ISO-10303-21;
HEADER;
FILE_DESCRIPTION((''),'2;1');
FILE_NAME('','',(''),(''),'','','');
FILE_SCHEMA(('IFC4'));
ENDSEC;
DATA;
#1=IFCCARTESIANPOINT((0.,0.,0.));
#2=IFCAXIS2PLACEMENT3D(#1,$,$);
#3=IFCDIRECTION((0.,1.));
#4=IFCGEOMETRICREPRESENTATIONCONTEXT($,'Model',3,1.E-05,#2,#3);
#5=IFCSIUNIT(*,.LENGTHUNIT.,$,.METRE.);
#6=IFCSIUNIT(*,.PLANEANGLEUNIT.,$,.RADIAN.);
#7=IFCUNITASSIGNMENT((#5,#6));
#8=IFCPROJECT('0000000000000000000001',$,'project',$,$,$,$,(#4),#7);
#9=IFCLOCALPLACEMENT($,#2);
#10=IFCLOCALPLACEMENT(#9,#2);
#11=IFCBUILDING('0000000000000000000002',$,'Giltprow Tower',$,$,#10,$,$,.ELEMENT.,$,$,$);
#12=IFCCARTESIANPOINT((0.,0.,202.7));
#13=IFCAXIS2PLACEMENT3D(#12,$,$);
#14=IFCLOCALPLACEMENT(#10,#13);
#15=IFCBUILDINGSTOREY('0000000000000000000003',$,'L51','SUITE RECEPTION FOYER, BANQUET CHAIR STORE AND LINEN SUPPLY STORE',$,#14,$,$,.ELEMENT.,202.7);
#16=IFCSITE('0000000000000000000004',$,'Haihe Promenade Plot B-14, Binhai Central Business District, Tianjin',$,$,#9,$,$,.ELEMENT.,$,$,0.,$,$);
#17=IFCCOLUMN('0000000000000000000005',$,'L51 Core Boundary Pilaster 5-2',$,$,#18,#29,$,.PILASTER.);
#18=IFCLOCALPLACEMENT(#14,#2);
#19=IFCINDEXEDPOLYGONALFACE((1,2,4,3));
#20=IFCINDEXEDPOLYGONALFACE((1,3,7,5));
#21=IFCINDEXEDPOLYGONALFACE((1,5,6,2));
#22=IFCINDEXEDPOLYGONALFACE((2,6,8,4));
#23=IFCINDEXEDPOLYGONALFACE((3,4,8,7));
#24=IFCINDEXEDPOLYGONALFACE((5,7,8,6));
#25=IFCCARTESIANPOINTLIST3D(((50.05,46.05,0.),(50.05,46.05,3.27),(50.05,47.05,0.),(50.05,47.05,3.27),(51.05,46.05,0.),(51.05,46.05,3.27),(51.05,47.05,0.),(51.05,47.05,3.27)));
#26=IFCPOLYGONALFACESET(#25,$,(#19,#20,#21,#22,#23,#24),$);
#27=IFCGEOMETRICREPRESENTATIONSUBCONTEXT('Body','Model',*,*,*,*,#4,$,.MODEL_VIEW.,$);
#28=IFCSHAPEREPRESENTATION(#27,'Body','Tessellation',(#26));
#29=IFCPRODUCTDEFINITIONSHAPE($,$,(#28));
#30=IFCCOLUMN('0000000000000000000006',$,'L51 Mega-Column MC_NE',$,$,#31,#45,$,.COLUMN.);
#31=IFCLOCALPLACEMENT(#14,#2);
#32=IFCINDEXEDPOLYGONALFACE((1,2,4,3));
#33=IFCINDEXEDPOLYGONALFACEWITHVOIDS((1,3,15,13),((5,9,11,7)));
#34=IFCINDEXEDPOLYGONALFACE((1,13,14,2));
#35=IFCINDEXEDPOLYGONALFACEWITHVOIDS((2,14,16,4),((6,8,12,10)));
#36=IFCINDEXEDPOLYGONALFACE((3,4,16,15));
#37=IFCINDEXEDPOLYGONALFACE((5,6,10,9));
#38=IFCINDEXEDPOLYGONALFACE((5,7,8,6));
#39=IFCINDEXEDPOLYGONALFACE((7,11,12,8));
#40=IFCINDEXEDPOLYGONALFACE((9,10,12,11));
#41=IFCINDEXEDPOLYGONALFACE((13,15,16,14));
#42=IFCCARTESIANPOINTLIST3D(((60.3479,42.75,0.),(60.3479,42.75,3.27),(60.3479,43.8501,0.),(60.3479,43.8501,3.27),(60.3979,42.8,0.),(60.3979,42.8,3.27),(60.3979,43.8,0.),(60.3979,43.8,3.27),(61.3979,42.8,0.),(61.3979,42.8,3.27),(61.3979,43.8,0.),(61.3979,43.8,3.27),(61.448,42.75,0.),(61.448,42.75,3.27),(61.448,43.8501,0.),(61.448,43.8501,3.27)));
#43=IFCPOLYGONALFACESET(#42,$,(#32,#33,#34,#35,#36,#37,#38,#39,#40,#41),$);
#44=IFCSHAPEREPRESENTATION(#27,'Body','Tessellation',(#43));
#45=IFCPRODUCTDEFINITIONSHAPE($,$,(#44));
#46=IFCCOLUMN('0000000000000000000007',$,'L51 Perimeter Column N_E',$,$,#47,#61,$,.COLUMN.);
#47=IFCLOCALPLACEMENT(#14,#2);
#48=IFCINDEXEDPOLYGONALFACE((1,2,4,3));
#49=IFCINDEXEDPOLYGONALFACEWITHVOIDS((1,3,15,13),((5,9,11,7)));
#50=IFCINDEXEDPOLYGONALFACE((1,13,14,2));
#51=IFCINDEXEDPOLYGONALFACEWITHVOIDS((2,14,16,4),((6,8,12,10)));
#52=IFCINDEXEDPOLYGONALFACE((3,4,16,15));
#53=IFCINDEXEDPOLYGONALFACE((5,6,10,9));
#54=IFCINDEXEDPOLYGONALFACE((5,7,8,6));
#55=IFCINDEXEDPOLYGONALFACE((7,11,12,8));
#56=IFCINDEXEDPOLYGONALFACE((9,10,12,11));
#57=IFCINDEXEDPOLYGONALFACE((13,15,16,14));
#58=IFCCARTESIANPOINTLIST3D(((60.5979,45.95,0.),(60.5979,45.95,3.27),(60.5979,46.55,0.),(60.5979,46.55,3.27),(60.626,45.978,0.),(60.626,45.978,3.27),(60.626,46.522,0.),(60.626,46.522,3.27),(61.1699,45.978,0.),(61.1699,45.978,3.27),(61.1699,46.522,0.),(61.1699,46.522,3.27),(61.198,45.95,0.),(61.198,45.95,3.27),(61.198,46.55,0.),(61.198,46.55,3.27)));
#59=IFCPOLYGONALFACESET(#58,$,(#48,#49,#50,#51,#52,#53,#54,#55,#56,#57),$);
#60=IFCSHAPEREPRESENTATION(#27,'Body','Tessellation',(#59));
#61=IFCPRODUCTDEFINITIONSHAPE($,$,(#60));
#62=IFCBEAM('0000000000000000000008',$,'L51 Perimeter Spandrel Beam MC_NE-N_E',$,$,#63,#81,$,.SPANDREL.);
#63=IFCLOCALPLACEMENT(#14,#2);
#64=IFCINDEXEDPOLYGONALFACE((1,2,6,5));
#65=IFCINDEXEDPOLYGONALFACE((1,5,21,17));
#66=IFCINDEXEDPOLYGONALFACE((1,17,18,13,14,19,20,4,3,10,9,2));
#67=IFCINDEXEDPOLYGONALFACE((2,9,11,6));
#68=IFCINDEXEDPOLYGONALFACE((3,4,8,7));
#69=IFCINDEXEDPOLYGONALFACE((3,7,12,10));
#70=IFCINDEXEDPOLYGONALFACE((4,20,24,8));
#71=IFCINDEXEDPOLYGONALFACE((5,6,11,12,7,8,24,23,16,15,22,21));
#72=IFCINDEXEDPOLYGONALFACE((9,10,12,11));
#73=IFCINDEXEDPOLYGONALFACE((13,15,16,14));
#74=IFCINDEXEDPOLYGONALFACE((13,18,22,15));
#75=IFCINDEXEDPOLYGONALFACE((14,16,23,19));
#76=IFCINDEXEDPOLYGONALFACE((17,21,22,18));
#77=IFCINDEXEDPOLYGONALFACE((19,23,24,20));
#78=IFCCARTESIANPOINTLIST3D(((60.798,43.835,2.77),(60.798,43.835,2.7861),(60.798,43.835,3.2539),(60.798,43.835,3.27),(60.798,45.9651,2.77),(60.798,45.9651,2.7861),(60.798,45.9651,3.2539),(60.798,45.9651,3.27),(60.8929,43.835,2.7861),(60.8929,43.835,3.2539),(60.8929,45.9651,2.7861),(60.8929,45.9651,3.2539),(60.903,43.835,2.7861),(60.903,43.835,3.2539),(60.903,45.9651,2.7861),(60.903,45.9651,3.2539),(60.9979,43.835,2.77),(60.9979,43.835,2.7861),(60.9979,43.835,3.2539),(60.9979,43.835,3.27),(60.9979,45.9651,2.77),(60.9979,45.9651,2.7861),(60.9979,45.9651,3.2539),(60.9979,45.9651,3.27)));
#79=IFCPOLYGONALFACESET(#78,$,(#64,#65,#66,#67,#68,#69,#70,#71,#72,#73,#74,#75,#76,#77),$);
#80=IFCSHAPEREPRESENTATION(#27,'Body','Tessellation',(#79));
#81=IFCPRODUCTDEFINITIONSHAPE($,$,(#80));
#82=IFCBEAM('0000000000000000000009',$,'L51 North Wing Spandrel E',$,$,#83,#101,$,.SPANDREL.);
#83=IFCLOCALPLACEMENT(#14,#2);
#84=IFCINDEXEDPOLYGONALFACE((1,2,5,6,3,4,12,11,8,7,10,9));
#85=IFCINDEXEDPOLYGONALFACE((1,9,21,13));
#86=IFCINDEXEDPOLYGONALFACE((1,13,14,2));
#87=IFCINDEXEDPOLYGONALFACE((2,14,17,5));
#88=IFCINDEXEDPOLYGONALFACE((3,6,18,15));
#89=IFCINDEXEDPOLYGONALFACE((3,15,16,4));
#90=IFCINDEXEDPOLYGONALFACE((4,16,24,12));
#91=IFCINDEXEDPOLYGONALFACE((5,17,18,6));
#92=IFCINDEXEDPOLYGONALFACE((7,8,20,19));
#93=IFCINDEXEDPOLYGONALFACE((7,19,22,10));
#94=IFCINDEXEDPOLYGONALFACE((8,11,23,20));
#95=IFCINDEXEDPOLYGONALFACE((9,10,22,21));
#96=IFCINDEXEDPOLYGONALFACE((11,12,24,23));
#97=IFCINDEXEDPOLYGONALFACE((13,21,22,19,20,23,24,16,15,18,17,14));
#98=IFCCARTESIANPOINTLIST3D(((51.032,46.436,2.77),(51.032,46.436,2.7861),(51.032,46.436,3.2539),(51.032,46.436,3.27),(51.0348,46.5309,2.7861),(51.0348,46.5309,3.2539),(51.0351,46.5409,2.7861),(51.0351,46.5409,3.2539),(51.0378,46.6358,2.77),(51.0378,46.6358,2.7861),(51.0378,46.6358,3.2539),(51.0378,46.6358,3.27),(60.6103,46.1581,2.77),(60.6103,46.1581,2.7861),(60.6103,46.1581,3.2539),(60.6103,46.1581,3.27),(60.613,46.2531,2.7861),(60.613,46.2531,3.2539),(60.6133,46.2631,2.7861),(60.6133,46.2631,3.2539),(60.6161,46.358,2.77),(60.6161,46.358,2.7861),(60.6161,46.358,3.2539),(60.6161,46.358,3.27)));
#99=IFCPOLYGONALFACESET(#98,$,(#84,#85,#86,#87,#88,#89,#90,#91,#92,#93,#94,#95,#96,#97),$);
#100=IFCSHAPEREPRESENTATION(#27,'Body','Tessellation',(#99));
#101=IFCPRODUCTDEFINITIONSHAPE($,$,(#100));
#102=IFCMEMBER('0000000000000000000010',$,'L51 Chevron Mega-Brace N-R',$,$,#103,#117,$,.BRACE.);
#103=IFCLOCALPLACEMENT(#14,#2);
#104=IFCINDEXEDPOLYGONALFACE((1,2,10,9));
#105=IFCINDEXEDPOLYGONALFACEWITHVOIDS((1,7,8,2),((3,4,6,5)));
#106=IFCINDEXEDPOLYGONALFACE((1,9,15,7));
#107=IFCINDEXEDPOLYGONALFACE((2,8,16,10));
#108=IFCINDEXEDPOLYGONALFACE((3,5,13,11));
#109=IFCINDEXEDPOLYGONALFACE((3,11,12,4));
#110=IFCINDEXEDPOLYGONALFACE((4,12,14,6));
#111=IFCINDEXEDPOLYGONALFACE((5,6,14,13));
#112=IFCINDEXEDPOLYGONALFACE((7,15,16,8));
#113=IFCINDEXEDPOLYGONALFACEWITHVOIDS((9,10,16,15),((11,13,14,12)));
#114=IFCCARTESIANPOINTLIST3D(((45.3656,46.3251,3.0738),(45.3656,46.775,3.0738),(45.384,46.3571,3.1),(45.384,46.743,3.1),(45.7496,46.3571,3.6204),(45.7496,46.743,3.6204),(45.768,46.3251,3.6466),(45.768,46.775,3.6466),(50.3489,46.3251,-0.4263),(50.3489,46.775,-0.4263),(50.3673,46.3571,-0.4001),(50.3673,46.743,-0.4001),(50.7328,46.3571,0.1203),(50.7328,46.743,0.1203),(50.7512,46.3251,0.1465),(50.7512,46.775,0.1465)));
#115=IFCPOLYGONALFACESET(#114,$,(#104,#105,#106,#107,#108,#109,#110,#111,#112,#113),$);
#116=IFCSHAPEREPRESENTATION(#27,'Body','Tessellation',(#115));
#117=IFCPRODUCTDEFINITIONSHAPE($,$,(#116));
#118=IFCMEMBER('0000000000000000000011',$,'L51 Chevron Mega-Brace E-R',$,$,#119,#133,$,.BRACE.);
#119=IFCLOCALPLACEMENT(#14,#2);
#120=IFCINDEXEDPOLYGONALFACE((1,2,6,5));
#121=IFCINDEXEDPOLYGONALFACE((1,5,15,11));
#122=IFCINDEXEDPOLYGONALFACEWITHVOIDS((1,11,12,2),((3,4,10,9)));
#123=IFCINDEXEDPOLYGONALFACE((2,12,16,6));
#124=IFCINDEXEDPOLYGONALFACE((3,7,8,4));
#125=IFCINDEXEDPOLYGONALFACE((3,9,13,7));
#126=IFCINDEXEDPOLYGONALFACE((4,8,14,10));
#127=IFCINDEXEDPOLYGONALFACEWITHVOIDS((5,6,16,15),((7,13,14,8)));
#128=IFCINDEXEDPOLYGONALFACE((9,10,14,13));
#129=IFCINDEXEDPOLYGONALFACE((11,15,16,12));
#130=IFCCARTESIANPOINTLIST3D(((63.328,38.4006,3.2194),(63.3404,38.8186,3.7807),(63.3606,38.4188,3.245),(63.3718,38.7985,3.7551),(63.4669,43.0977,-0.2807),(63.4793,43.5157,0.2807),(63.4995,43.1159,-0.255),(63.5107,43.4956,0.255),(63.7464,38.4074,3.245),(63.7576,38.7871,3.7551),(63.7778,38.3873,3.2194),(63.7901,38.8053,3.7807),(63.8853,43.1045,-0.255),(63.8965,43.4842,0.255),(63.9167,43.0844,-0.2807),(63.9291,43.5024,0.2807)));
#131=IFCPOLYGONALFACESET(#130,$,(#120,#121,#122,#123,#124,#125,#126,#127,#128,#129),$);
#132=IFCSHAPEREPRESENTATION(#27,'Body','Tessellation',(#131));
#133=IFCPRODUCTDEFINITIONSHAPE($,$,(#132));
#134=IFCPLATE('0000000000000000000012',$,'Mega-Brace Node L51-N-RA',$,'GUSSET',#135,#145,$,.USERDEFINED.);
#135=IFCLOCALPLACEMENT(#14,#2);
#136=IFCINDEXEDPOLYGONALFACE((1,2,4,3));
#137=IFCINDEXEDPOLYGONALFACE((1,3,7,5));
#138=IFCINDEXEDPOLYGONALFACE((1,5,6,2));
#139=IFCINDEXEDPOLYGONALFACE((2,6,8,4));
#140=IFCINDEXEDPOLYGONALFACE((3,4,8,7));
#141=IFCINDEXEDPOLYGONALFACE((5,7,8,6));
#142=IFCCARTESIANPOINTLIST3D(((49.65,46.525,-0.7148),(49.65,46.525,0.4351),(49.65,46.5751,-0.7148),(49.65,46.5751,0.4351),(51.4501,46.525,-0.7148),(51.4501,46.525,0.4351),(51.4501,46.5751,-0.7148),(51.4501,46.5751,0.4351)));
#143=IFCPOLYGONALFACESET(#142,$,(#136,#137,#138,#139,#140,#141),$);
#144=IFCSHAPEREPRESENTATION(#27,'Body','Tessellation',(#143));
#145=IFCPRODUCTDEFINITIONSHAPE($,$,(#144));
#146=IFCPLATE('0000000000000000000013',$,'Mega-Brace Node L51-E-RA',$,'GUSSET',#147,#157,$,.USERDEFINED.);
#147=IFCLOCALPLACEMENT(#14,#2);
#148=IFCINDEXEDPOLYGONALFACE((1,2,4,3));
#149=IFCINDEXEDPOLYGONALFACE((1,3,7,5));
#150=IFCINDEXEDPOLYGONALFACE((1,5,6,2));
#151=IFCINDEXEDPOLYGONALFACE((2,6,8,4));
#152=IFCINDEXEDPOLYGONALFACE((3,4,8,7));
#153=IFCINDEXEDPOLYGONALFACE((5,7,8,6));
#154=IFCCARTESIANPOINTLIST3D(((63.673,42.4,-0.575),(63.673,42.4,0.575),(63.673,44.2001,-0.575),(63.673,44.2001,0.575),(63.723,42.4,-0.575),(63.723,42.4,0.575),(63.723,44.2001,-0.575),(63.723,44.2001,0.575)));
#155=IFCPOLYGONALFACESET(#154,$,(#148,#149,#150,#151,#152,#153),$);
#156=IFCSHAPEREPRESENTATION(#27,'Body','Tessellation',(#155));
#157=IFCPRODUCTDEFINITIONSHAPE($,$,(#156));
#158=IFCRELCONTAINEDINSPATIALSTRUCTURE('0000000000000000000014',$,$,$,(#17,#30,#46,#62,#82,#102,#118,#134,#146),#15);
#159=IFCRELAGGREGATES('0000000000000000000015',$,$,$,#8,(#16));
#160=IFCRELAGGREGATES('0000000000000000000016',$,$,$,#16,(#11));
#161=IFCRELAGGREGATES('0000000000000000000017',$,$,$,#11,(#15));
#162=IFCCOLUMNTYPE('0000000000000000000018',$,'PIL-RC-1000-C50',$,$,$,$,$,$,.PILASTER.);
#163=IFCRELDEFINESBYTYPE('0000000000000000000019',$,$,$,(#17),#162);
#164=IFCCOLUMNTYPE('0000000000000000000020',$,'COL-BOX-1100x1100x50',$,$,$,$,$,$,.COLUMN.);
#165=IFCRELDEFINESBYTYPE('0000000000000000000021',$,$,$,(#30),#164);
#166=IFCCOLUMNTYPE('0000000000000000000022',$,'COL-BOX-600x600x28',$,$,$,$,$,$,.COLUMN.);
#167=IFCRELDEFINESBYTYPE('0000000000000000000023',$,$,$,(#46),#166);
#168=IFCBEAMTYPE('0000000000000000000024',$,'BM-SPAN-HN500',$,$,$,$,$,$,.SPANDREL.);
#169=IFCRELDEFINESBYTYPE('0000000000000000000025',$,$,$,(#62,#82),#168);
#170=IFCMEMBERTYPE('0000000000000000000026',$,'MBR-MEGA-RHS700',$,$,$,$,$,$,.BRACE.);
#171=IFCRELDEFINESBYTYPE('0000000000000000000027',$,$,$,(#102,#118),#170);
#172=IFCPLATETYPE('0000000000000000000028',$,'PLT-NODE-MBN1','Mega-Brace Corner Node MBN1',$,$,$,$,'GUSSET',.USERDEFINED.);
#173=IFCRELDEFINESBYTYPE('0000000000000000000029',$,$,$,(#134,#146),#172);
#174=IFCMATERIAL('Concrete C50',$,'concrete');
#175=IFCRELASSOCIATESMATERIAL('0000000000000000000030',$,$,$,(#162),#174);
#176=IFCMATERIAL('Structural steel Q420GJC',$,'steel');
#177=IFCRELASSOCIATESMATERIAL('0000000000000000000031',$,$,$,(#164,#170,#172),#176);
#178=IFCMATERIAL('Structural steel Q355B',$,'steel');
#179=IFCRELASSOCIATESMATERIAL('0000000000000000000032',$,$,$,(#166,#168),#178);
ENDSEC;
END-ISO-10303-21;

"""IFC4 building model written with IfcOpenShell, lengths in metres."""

from ifc_helpers import new_model, si_unit, direction, frame, origin, origin_2d, place, context, subcontext, project, spatial, rectangle, hollow_rectangle, i_section, extrude, source, transform, mapped, material, material_profile, profile_set, type_object, element, save


model = new_model("IFC4")

# Units and contexts
model_context = context("Model", 3, precision=1e-05, world=origin(), true_north=direction((0.0, 1.0)))
body_context = subcontext(model_context, "Body", "Model", "MODEL_VIEW")
ifc_project = project(units=[si_unit("LENGTHUNIT", "METRE"), si_unit("PLANEANGLEUNIT", "RADIAN")], contexts=[model_context])

# Site, building, storey
site_placement = place(None, origin())
site = spatial("IfcSite", under=ifc_project, at=site_placement, Name="Haihe Promenade Plot B-14, Binhai Central Business District, Tianjin", CompositionType="ELEMENT", RefElevation=0.0)
building_placement = place(site_placement, origin())
building = spatial("IfcBuilding", under=site, at=building_placement, Name="Giltprow Tower", CompositionType="ELEMENT")
storey_placement = place(building_placement, frame((0.0, 0.0, 202.7)))
storey = spatial("IfcBuildingStorey", under=building, at=storey_placement, Name="L51", Description="SUITE RECEPTION FOYER, BANQUET CHAIR STORE AND LINEN SUPPLY STORE", CompositionType="ELEMENT", Elevation=202.7)

# Columns
ifc_material_1 = material(Name="Concrete C50", Category="concrete")
ifc_material_profile_1 = material_profile(ifc_material_1, rectangle(XDim=1.0, YDim=1.0, at=origin_2d()), Name="RC 1000x1000")
ifc_profile_set_1 = profile_set([ifc_material_profile_1], Name="Concrete C50")
column_type_1 = type_object("IfcColumnType", Name="PIL-RC-1000-C50", PredefinedType="PILASTER", material=ifc_profile_set_1)
shared_shape_1 = source(origin(), body_context, "Body", "SweptSolid", [
    extrude(rectangle(XDim=1.0, YDim=1.0, at=origin_2d()), origin(), (0.0, 0.0, 1.0), 3.27),
])
column_1_placement = place(storey_placement, frame((50.55, 46.55, 0.0), z_axis=(0.0, 0.0, 1.0), x_axis=(1.0, 0.0, 0.0)))
element("IfcColumn", 1, at=column_1_placement, inside=storey, type_object=column_type_1, Name="L51 Core Boundary Pilaster 5-2", PredefinedType="PILASTER", context=body_context, shape_type="MappedRepresentation", body=[
    mapped(shared_shape_1, transform((0.0, 0.0, 0.0), x_axis=(1.0, 0.0, 0.0), y_axis=(0.0, 1.0, 0.0), z_axis=(0.0, 0.0, 1.0), scale=1.0)),
])
ifc_material_2 = material(Name="Structural steel Q420GJC", Category="steel")
ifc_material_profile_2 = material_profile(ifc_material_2, hollow_rectangle(XDim=1.1001, YDim=1.1001, WallThickness=0.05, at=origin_2d()), Name="BOX 1100x1100x50")
ifc_profile_set_2 = profile_set([ifc_material_profile_2], Name="Structural steel Q420GJC")
column_type_2 = type_object("IfcColumnType", Name="COL-BOX-1100x1100x50", PredefinedType="COLUMN", material=ifc_profile_set_2)
shared_shape_2 = source(origin(), body_context, "Body", "SweptSolid", [
    extrude(hollow_rectangle(XDim=1.1001, YDim=1.1001, WallThickness=0.05, at=origin_2d()), origin(), (0.0, 0.0, 1.0), 3.27),
])
column_2_placement = place(storey_placement, frame((60.8979, 43.3, 0.0), z_axis=(0.0, 0.0, 1.0), x_axis=(1.0, 0.0, 0.0)))
element("IfcColumn", 2, at=column_2_placement, inside=storey, type_object=column_type_2, Name="L51 Mega-Column MC_NE", PredefinedType="COLUMN", context=body_context, shape_type="MappedRepresentation", body=[
    mapped(shared_shape_2, transform((0.0, 0.0, 0.0), x_axis=(1.0, 0.0, 0.0), y_axis=(0.0, 1.0, 0.0), z_axis=(0.0, 0.0, 1.0), scale=1.0)),
])
ifc_material_3 = material(Name="Structural steel Q355B", Category="steel")
ifc_material_profile_3 = material_profile(ifc_material_3, hollow_rectangle(XDim=0.6001, YDim=0.6001, WallThickness=0.0281, at=origin_2d()), Name="BOX 600x600x28")
ifc_profile_set_3 = profile_set([ifc_material_profile_3], Name="Structural steel Q355B")
column_type_3 = type_object("IfcColumnType", Name="COL-BOX-600x600x28", PredefinedType="COLUMN", material=ifc_profile_set_3)
shared_shape_3 = source(origin(), body_context, "Body", "SweptSolid", [
    extrude(hollow_rectangle(XDim=0.6001, YDim=0.6001, WallThickness=0.0281, at=origin_2d()), origin(), (0.0, 0.0, 1.0), 3.27),
])
column_3_placement = place(storey_placement, frame((60.8979, 46.25, 0.0), z_axis=(0.0, 0.0, 1.0), x_axis=(1.0, 0.0, 0.0)))
element("IfcColumn", 3, at=column_3_placement, inside=storey, type_object=column_type_3, Name="L51 Perimeter Column N_E", PredefinedType="COLUMN", context=body_context, shape_type="MappedRepresentation", body=[
    mapped(shared_shape_3, transform((0.0, 0.0, 0.0), x_axis=(1.0, 0.0, 0.0), y_axis=(0.0, 1.0, 0.0), z_axis=(0.0, 0.0, 1.0), scale=1.0)),
])

# Beams
ifc_material_profile_4 = material_profile(ifc_material_3, i_section(OverallWidth=0.2, OverallDepth=0.5, WebThickness=0.01, FlangeThickness=0.0161, at=origin_2d()), Name="HN 500x200x10x16")
ifc_profile_set_4 = profile_set([ifc_material_profile_4], Name="Structural steel Q355B")
beam_type = type_object("IfcBeamType", Name="BM-SPAN-HN500", PredefinedType="SPANDREL", material=ifc_profile_set_4)
shared_shape_4 = source(origin(), body_context, "Body", "SweptSolid", [
    extrude(i_section(OverallWidth=0.2, OverallDepth=0.5, WebThickness=0.01, FlangeThickness=0.0161, at=origin_2d()), origin(), (0.0, 0.0, 1.0), 2.1301),
])
beam_1_placement = place(storey_placement, frame((60.8979, 43.835, 3.02), z_axis=(0.0, 1.0, 0.0), x_axis=(-1.0, 0.0, 0.0)))
element("IfcBeam", 4, at=beam_1_placement, inside=storey, type_object=beam_type, Name="L51 Perimeter Spandrel Beam MC_NE-N_E", PredefinedType="SPANDREL", context=body_context, shape_type="MappedRepresentation", body=[
    mapped(shared_shape_4, transform((0.0, 0.0, 0.0), x_axis=(1.0, 0.0, 0.0), y_axis=(0.0, 1.0, 0.0), z_axis=(0.0, 0.0, 1.0), scale=1.0)),
])
shared_shape_5 = source(origin(), body_context, "Body", "SweptSolid", [
    extrude(i_section(OverallWidth=0.2, OverallDepth=0.5, WebThickness=0.01, FlangeThickness=0.0161, at=origin_2d()), origin(), (0.0, 0.0, 1.0), 9.5823),
])
beam_2_placement = place(storey_placement, frame((51.0349, 46.5359, 3.02), z_axis=(0.99958, -0.028995, 0.0), x_axis=(0.028995, 0.99958, 0.0)))
element("IfcBeam", 5, at=beam_2_placement, inside=storey, type_object=beam_type, Name="L51 North Wing Spandrel E", PredefinedType="SPANDREL", context=body_context, shape_type="MappedRepresentation", body=[
    mapped(shared_shape_5, transform((0.0, 0.0, 0.0), x_axis=(1.0, 0.0, 0.0), y_axis=(0.0, 1.0, 0.0), z_axis=(0.0, 0.0, 1.0), scale=1.0)),
])

# Members
ifc_material_profile_5 = material_profile(ifc_material_2, hollow_rectangle(XDim=0.45, YDim=0.7, WallThickness=0.032, at=origin_2d()), Name="RHS 700x450x32")
ifc_profile_set_5 = profile_set([ifc_material_profile_5], Name="Structural steel Q420GJC")
member_type = type_object("IfcMemberType", Name="MBR-MEGA-RHS700", PredefinedType="BRACE", material=ifc_profile_set_5)
shared_shape_6 = source(origin(), body_context, "Body", "SweptSolid", [
    extrude(hollow_rectangle(XDim=0.45, YDim=0.7, WallThickness=0.032, at=origin_2d()), origin(), (0.0, 0.0, 1.0), 6.0896),
])
member_1_placement = place(storey_placement, frame((50.55, 46.55, -0.1399), z_axis=(-0.818321, 0.0, 0.574761), x_axis=(0.0, -1.0, 0.0)))
element("IfcMember", 6, at=member_1_placement, inside=storey, type_object=member_type, Name="L51 Chevron Mega-Brace N-R", PredefinedType="BRACE", context=body_context, shape_type="MappedRepresentation", body=[
    mapped(shared_shape_6, transform((0.0, 0.0, 0.0), x_axis=(1.0, 0.0, 0.0), y_axis=(0.0, 1.0, 0.0), z_axis=(0.0, 0.0, 1.0), scale=1.0)),
])
shared_shape_7 = source(origin(), body_context, "Body", "SweptSolid", [
    extrude(hollow_rectangle(XDim=0.45, YDim=0.7, WallThickness=0.032, at=origin_2d()), origin(), (0.0, 0.0, 1.0), 5.8594),
])
member_2_placement = place(storey_placement, frame((63.698, 43.3, 0.0), z_axis=(-0.023709, -0.801636, 0.597342), x_axis=(0.999563, -0.029562, 0.0)))
element("IfcMember", 7, at=member_2_placement, inside=storey, type_object=member_type, Name="L51 Chevron Mega-Brace E-R", PredefinedType="BRACE", context=body_context, shape_type="MappedRepresentation", body=[
    mapped(shared_shape_7, transform((0.0, 0.0, 0.0), x_axis=(1.0, 0.0, 0.0), y_axis=(0.0, 1.0, 0.0), z_axis=(0.0, 0.0, 1.0), scale=1.0)),
])

# Plates
plate_type = type_object("IfcPlateType", Name="PLT-NODE-MBN1", Description="Mega-Brace Corner Node MBN1", ElementType="GUSSET", PredefinedType="USERDEFINED", material=ifc_material_2)
shared_shape_8 = source(origin(), body_context, "Body", "SweptSolid", [
    extrude(rectangle(XDim=1.8, YDim=0.05, at=origin_2d()), origin(), (0.0, 0.0, 1.0), 1.1499),
])
for number, where, z_axis, x_axis, name in (
    (8, (50.55, 46.55, -0.7148), (0.0, 0.0, 1.0), (1.0, 0.0, 0.0), "Mega-Brace Node L51-N-RA"),
    (9, (63.698, 43.3, -0.575), (0.0, 0.0, 1.0), (0.0, 1.0, 0.0), "Mega-Brace Node L51-E-RA"),
):
    element("IfcPlate", number, at=place(storey_placement, frame(where, z_axis=z_axis, x_axis=x_axis)), inside=storey, type_object=plate_type, Name=name, ObjectType="GUSSET", PredefinedType="USERDEFINED", context=body_context, shape_type="MappedRepresentation", body=[
        mapped(shared_shape_8, transform((0.0, 0.0, 0.0), x_axis=(1.0, 0.0, 0.0), y_axis=(0.0, 1.0, 0.0), z_axis=(0.0, 0.0, 1.0), scale=1.0)),
    ])

save(model, "model.ifc")
